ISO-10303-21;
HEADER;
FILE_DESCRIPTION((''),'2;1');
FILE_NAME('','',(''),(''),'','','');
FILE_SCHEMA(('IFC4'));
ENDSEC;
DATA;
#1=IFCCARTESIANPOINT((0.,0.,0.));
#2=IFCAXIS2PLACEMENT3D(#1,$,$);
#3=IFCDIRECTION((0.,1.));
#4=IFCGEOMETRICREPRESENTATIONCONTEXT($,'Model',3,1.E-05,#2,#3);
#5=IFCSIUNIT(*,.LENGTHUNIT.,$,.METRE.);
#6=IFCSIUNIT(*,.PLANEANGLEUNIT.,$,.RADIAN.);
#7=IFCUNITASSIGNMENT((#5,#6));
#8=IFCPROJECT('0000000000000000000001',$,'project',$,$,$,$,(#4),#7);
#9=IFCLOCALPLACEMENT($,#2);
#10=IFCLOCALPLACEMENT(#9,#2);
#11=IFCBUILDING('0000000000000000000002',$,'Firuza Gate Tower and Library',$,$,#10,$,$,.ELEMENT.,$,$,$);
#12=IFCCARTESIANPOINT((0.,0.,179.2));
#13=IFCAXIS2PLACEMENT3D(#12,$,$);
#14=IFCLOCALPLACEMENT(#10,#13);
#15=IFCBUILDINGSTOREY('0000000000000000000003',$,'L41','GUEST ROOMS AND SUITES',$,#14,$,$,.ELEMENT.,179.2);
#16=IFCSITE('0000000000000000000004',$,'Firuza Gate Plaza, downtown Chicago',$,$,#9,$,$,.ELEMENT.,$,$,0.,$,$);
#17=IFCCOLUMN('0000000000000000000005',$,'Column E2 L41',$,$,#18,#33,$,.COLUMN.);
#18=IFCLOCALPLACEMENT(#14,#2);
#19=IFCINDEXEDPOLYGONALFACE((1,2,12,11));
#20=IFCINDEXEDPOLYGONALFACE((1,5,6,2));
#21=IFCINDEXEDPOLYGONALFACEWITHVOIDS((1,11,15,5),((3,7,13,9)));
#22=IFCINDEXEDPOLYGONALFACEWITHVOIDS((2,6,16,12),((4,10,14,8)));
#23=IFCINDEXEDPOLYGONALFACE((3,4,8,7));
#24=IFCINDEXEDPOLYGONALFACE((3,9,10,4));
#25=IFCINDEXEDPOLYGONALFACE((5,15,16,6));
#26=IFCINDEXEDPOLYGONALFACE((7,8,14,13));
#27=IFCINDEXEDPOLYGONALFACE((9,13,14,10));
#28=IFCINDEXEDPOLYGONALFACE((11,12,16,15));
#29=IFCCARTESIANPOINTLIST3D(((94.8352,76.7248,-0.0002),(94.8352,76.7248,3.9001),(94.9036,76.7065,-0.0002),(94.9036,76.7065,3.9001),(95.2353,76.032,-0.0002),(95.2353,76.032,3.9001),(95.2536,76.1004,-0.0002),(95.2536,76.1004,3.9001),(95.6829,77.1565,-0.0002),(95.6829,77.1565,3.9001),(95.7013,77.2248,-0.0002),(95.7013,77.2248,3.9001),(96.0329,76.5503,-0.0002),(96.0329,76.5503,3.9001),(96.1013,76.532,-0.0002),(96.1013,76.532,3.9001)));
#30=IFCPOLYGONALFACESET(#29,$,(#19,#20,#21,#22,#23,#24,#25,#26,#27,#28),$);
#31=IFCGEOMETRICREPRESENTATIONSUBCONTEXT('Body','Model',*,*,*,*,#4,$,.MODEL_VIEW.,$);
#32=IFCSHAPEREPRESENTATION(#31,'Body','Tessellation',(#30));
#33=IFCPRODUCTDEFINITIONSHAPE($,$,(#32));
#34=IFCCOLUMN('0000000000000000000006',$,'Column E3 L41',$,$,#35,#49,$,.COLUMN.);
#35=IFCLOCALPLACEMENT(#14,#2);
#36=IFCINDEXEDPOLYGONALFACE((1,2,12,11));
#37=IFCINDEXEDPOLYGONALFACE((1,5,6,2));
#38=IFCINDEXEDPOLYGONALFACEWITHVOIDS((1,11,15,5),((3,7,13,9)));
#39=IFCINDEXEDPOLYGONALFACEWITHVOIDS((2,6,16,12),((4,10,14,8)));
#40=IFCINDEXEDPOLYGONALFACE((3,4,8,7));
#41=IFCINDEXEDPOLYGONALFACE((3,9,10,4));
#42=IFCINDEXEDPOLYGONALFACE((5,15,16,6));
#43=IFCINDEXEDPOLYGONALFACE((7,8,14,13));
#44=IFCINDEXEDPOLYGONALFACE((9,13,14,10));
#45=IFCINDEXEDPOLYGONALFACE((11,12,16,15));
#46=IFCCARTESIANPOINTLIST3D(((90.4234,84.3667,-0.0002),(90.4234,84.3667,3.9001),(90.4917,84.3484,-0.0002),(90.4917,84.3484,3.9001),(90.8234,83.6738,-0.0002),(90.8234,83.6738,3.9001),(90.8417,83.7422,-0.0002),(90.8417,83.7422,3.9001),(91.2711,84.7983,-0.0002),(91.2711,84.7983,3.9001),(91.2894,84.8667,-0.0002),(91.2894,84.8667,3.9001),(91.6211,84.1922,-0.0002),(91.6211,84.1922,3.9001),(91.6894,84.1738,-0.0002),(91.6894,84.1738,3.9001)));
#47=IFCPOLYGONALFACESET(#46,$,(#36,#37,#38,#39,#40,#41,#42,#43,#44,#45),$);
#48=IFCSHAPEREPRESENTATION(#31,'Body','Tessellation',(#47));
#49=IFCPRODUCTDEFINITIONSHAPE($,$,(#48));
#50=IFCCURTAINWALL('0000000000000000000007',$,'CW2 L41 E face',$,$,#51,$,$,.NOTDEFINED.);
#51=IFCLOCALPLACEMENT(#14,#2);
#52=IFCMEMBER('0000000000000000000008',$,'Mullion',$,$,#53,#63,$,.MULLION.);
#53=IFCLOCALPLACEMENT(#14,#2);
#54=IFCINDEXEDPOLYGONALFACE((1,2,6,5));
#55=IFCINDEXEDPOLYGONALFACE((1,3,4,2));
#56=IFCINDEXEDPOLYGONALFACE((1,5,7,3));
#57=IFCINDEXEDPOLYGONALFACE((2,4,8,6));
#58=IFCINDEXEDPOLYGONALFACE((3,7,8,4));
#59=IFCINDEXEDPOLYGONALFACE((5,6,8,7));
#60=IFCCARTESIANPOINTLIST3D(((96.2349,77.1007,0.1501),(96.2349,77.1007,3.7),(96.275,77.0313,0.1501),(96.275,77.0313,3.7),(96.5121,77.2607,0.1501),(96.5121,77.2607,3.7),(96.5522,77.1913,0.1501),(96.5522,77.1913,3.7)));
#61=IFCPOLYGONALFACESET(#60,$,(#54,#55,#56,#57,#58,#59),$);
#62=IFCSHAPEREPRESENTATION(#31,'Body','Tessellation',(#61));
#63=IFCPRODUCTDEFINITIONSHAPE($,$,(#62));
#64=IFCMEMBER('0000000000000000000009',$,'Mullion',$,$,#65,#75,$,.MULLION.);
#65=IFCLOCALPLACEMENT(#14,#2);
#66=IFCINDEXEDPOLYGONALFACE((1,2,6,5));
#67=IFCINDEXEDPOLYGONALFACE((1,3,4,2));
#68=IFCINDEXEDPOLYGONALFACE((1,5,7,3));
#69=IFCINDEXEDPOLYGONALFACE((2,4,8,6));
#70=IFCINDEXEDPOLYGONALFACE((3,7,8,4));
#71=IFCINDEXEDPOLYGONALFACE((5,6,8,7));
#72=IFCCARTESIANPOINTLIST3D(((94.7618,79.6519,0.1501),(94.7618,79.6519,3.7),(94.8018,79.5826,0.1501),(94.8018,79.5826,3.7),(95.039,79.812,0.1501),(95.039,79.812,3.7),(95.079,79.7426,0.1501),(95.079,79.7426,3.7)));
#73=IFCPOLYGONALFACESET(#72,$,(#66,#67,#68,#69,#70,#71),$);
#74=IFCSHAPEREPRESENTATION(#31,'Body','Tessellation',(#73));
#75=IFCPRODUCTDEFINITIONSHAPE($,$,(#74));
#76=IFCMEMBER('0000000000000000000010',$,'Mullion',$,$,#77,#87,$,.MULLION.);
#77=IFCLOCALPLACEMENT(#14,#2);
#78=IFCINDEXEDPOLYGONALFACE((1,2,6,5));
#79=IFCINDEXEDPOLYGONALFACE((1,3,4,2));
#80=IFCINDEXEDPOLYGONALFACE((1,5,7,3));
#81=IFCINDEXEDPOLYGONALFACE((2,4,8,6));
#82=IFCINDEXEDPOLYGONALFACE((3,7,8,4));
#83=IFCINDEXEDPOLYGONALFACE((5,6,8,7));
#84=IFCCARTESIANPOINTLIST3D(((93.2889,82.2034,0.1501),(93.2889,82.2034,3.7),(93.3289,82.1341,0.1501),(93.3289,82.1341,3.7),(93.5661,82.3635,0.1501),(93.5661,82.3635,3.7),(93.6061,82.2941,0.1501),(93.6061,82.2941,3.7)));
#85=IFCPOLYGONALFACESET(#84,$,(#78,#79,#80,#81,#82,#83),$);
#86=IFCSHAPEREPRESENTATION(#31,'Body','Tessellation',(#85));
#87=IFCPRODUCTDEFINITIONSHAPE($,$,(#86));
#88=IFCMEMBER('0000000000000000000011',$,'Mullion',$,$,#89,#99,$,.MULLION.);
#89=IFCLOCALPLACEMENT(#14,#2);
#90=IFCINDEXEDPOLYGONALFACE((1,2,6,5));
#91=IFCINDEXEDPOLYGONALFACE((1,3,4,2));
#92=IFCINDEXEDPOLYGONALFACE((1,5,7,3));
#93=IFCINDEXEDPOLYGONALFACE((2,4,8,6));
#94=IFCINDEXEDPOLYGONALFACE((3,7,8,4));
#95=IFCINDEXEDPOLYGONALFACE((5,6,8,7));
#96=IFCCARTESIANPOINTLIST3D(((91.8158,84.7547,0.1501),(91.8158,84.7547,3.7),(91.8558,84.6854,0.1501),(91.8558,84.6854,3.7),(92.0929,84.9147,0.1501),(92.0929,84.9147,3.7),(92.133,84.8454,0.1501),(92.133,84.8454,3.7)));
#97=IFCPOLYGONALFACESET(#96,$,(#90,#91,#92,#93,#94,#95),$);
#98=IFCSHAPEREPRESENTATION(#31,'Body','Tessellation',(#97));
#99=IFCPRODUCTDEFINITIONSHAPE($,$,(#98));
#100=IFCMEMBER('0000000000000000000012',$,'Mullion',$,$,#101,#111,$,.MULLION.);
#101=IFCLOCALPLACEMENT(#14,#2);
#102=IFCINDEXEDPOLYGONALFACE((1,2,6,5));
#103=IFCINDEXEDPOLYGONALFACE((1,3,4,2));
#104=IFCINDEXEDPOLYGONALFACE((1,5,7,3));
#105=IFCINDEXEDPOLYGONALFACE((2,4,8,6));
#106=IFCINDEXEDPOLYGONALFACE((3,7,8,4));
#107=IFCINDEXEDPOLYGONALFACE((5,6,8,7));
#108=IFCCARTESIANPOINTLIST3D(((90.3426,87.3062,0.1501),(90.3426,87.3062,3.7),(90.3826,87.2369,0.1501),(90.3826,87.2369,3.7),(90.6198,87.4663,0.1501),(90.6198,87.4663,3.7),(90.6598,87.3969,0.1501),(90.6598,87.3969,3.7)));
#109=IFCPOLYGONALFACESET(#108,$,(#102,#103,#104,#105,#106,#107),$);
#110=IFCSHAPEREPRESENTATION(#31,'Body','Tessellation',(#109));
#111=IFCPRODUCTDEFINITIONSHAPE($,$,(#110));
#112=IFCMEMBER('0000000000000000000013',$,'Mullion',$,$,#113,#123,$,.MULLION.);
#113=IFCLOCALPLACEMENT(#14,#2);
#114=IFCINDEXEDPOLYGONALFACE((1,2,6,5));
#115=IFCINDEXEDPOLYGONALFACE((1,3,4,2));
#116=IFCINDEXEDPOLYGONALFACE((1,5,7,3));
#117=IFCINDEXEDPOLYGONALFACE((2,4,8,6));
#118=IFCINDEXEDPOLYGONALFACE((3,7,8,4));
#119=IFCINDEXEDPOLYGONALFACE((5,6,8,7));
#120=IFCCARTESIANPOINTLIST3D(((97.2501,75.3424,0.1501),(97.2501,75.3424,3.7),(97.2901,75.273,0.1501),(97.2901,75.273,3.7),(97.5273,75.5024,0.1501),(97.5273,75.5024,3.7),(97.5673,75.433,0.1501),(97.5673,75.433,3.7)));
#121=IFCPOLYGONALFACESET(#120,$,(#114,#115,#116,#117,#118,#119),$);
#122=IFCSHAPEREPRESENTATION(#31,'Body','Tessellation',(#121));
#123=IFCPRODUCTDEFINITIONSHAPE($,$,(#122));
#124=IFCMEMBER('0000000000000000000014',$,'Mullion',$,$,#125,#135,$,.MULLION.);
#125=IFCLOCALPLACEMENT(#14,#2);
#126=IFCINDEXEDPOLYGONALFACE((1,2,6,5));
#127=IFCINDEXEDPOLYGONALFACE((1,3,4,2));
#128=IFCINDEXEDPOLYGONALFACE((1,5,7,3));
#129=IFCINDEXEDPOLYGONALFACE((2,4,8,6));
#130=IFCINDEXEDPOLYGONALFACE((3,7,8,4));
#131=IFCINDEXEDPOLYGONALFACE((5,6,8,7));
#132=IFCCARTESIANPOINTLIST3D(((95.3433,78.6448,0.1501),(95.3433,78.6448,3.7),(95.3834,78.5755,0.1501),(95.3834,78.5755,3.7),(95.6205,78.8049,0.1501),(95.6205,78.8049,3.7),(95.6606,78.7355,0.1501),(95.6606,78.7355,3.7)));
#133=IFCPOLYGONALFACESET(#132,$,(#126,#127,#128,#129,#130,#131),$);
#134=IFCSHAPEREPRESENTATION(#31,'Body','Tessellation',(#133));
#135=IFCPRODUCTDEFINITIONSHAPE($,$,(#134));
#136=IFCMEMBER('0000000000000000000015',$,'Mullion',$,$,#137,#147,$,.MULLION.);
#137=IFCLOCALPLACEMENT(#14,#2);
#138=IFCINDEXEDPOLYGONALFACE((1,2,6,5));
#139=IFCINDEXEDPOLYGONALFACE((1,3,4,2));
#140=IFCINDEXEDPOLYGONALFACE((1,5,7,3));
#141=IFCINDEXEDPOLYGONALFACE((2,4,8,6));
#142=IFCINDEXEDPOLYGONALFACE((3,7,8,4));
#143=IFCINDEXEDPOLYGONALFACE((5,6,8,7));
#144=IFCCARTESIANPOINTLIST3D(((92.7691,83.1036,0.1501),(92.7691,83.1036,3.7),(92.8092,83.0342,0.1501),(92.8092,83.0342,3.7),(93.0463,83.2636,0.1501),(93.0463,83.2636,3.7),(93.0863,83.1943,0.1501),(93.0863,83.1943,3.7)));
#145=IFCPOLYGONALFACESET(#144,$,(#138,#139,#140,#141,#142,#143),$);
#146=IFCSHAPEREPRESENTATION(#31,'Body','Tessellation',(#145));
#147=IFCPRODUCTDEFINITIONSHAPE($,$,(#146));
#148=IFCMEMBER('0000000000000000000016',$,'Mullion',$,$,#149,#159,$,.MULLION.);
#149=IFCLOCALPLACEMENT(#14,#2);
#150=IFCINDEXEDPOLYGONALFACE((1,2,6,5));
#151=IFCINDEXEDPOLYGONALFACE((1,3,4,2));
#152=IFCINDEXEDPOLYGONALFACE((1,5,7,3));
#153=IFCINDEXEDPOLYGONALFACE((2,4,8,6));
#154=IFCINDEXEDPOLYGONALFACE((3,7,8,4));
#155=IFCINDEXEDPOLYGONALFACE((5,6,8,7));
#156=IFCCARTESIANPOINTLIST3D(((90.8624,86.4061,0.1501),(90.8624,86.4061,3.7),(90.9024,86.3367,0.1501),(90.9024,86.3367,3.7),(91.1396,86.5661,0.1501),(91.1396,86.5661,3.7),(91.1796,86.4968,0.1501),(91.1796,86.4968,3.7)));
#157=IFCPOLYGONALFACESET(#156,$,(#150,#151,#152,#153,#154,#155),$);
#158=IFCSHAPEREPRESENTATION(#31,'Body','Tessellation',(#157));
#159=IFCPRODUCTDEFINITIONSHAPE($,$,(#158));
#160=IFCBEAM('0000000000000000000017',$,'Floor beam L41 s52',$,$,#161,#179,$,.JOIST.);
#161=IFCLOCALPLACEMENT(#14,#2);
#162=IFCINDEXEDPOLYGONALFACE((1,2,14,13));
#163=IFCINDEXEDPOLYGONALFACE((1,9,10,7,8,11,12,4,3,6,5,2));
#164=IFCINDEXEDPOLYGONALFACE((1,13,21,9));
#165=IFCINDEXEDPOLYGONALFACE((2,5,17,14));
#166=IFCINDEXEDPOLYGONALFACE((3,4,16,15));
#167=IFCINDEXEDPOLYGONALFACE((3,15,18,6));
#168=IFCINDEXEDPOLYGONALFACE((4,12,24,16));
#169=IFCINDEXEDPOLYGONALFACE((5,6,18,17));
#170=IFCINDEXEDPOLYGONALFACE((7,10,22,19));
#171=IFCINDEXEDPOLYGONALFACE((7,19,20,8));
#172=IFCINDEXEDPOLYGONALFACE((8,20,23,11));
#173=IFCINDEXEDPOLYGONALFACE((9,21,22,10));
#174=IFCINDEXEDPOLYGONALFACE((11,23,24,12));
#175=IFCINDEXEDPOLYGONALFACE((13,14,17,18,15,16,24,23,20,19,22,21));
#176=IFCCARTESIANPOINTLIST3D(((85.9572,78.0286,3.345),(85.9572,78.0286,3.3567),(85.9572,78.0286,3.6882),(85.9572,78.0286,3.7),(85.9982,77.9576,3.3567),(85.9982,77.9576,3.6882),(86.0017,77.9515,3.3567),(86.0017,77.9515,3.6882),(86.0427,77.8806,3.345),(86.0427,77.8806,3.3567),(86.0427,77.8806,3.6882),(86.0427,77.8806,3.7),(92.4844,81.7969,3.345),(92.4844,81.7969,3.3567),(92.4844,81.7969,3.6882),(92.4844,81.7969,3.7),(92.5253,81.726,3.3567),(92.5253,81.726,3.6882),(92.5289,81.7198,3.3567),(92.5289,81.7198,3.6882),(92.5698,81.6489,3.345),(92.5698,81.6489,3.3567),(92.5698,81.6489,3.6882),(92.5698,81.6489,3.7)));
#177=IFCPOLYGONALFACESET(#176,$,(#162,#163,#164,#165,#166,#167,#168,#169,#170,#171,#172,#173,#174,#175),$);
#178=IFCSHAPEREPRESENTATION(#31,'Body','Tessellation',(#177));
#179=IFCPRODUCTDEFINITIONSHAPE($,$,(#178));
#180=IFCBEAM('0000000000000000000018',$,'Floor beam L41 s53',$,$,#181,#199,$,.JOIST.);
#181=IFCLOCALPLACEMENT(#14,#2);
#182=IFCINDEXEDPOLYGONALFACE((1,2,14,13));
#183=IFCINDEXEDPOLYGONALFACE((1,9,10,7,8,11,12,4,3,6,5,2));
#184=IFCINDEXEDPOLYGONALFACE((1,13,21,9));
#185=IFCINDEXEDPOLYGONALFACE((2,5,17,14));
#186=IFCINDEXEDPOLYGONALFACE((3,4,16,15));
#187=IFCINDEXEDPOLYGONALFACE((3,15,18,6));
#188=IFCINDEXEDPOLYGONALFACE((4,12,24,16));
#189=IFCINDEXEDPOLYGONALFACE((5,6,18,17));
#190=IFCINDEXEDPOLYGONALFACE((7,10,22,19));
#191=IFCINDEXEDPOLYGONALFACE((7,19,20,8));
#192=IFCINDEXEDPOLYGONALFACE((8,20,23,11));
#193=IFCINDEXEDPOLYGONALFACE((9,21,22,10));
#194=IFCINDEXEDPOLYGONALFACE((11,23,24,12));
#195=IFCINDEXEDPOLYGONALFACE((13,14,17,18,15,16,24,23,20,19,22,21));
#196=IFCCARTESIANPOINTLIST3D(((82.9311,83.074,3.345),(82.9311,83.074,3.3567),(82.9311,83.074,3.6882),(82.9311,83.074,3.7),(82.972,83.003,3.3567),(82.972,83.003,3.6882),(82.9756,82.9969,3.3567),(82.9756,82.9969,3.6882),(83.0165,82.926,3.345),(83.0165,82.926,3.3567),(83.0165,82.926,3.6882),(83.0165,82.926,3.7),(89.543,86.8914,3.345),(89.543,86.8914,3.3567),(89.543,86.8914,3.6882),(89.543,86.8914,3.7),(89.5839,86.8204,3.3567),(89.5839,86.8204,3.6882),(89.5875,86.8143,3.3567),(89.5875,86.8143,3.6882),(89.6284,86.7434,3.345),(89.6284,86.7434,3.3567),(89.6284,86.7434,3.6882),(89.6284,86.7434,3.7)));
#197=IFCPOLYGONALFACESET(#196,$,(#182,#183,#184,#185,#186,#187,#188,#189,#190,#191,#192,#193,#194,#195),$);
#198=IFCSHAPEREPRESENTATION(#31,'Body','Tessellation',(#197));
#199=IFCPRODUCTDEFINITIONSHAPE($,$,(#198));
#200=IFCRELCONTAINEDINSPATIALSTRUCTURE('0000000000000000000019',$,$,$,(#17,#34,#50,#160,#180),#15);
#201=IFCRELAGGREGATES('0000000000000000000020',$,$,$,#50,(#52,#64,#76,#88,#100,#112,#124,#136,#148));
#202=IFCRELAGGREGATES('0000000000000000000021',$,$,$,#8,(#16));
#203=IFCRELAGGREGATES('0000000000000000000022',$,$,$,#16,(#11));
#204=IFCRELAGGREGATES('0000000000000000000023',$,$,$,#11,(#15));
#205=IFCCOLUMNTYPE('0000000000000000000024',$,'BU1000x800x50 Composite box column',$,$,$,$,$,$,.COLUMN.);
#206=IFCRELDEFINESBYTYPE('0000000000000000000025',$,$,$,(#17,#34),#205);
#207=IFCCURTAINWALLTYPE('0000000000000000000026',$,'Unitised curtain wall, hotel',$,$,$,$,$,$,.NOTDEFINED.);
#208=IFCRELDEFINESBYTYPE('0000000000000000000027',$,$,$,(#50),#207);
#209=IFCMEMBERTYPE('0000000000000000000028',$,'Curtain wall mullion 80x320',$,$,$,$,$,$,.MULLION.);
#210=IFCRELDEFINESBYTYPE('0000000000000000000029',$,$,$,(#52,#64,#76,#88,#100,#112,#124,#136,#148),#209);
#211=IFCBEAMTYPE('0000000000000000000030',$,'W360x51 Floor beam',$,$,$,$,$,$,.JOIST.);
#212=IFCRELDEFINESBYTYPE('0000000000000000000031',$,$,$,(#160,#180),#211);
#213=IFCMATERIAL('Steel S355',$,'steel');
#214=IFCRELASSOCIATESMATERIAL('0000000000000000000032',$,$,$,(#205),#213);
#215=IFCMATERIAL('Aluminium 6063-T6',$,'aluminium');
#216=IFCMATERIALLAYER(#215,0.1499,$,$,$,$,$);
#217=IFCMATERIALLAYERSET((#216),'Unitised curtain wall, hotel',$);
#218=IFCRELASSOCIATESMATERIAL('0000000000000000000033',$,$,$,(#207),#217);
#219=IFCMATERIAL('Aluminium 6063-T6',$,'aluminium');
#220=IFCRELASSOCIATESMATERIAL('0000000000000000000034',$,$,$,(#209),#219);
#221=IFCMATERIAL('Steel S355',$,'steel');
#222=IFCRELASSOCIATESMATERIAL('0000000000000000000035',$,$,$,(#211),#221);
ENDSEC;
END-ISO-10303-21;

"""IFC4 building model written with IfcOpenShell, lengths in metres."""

from ifc_helpers import new_model, si_unit, direction, frame, origin, origin_2d, place, context, subcontext, project, spatial, rectangle, hollow_rectangle, i_section, extrude, material, layer, layer_set, material_profile, profile_set, type_object, element, aggregate, save


model = new_model("IFC4")

# Units and contexts
model_context = context("Model", 3, precision=1e-05, world=origin(), true_north=direction((0.0, 1.0)))
body_context = subcontext(model_context, "Body", "Model", "MODEL_VIEW")
ifc_project = project(units=[si_unit("LENGTHUNIT", "METRE"), si_unit("PLANEANGLEUNIT", "RADIAN")], contexts=[model_context])

# Site, building, storey
site_placement = place(None, origin())
site = spatial("IfcSite", under=ifc_project, at=site_placement, Name="Firuza Gate Plaza, downtown Chicago", CompositionType="ELEMENT", RefElevation=0.0)
building_placement = place(site_placement, origin())
building = spatial("IfcBuilding", under=site, at=building_placement, Name="Firuza Gate Tower and Library", CompositionType="ELEMENT")
storey_placement = place(building_placement, frame((0.0, 0.0, 179.2)))
storey = spatial("IfcBuildingStorey", under=building, at=storey_placement, Name="L41", Description="GUEST ROOMS AND SUITES", CompositionType="ELEMENT", Elevation=179.2)

# Columns
ifc_material_1 = material(Name="Steel S355", Category="steel")
ifc_material_profile_1 = material_profile(ifc_material_1, hollow_rectangle(XDim=0.8, YDim=1.0, WallThickness=0.05, at=origin_2d()))
ifc_profile_set_1 = profile_set([ifc_material_profile_1], Name="Steel S355")
column_type = type_object("IfcColumnType", Name="BU1000x800x50 Composite box column", PredefinedType="COLUMN", material=ifc_profile_set_1)
for number, where, z_axis, x_axis, name in (
    (1, (95.4683, 76.6284, -0.0002), (0.0, 0.0, 1.0), (-0.5, 0.866025, 0.0), "Column E2 L41"),
    (2, (91.0564, 84.2703, -0.0002), (0.0, 0.0, 1.0), (-0.5, 0.866025, 0.0), "Column E3 L41"),
):
    element("IfcColumn", number, at=place(storey_placement, frame(where, z_axis=z_axis, x_axis=x_axis)), inside=storey, type_object=column_type, Name=name, PredefinedType="COLUMN", context=body_context, shape_type="SweptSolid", body=[
        extrude(hollow_rectangle(XDim=0.8, YDim=1.0, WallThickness=0.05, at=origin_2d()), origin(), (0.0, 0.0, 1.0), 3.9004),
    ])

# Curtain wall, members
ifc_material_2 = material(Name="Aluminium 6063-T6", Category="aluminium")
ifc_layer_1 = layer(ifc_material_2, 0.1499)
ifc_layer_set_1 = layer_set([ifc_layer_1], Name="Unitised curtain wall, hotel")
curtain_wall_type = type_object("IfcCurtainWallType", Name="Unitised curtain wall, hotel", PredefinedType="NOTDEFINED", material=ifc_layer_set_1)
curtain_wall_placement = place(storey_placement, origin())
curtain_wall = element("IfcCurtainWall", 3, at=curtain_wall_placement, inside=storey, type_object=curtain_wall_type, Name="CW2 L41 E face", PredefinedType="NOTDEFINED")
ifc_material_3 = material(Name="Aluminium 6063-T6", Category="aluminium")
ifc_material_profile_2 = material_profile(ifc_material_3, rectangle(XDim=0.3201, YDim=0.0801, at=origin_2d()))
ifc_profile_set_2 = profile_set([ifc_material_profile_2], Name="Aluminium 6063-T6")
member_type = type_object("IfcMemberType", Name="Curtain wall mullion 80x320", PredefinedType="MULLION", material=ifc_profile_set_2)
member_1_placement = place(storey_placement, frame((96.3936, 77.146, 0.1501), z_axis=(0.0, 0.0, 1.0), x_axis=(-0.866025, -0.5, 0.0)))
member_1 = element("IfcMember", 4, at=member_1_placement, type_object=member_type, Name="Mullion", PredefinedType="MULLION", context=body_context, shape_type="SweptSolid", body=[
    extrude(rectangle(XDim=0.3201, YDim=0.0801, at=origin_2d()), origin(), (0.0, 0.0, 1.0), 3.5498),
])
member_2_placement = place(storey_placement, frame((94.9204, 79.6973, 0.1501), z_axis=(0.0, 0.0, 1.0), x_axis=(-0.866025, -0.5, 0.0)))
member_2 = element("IfcMember", 5, at=member_2_placement, type_object=member_type, Name="Mullion", PredefinedType="MULLION", context=body_context, shape_type="SweptSolid", body=[
    extrude(rectangle(XDim=0.3201, YDim=0.0801, at=origin_2d()), origin(), (0.0, 0.0, 1.0), 3.5498),
])
member_3_placement = place(storey_placement, frame((93.4475, 82.2488, 0.1501), z_axis=(0.0, 0.0, 1.0), x_axis=(-0.866025, -0.5, 0.0)))
member_3 = element("IfcMember", 6, at=member_3_placement, type_object=member_type, Name="Mullion", PredefinedType="MULLION", context=body_context, shape_type="SweptSolid", body=[
    extrude(rectangle(XDim=0.3201, YDim=0.0801, at=origin_2d()), origin(), (0.0, 0.0, 1.0), 3.5498),
])
member_4_placement = place(storey_placement, frame((91.9744, 84.8, 0.1501), z_axis=(0.0, 0.0, 1.0), x_axis=(-0.866025, -0.5, 0.0)))
member_4 = element("IfcMember", 7, at=member_4_placement, type_object=member_type, Name="Mullion", PredefinedType="MULLION", context=body_context, shape_type="SweptSolid", body=[
    extrude(rectangle(XDim=0.3201, YDim=0.0801, at=origin_2d()), origin(), (0.0, 0.0, 1.0), 3.5498),
])
member_5_placement = place(storey_placement, frame((90.5012, 87.3516, 0.1501), z_axis=(0.0, 0.0, 1.0), x_axis=(-0.866025, -0.5, 0.0)))
member_5 = element("IfcMember", 8, at=member_5_placement, type_object=member_type, Name="Mullion", PredefinedType="MULLION", context=body_context, shape_type="SweptSolid", body=[
    extrude(rectangle(XDim=0.3201, YDim=0.0801, at=origin_2d()), origin(), (0.0, 0.0, 1.0), 3.5498),
])
member_6_placement = place(storey_placement, frame((97.4087, 75.3877, 0.1501), z_axis=(0.0, 0.0, 1.0), x_axis=(-0.866025, -0.5, 0.0)))
member_6 = element("IfcMember", 9, at=member_6_placement, type_object=member_type, Name="Mullion", PredefinedType="MULLION", context=body_context, shape_type="SweptSolid", body=[
    extrude(rectangle(XDim=0.3201, YDim=0.0801, at=origin_2d()), origin(), (0.0, 0.0, 1.0), 3.5498),
])
member_7_placement = place(storey_placement, frame((95.502, 78.6902, 0.1501), z_axis=(0.0, 0.0, 1.0), x_axis=(-0.866025, -0.5, 0.0)))
member_7 = element("IfcMember", 10, at=member_7_placement, type_object=member_type, Name="Mullion", PredefinedType="MULLION", context=body_context, shape_type="SweptSolid", body=[
    extrude(rectangle(XDim=0.3201, YDim=0.0801, at=origin_2d()), origin(), (0.0, 0.0, 1.0), 3.5498),
])
member_8_placement = place(storey_placement, frame((92.9277, 83.1489, 0.1501), z_axis=(0.0, 0.0, 1.0), x_axis=(-0.866025, -0.5, 0.0)))
member_8 = element("IfcMember", 11, at=member_8_placement, type_object=member_type, Name="Mullion", PredefinedType="MULLION", context=body_context, shape_type="SweptSolid", body=[
    extrude(rectangle(XDim=0.3201, YDim=0.0801, at=origin_2d()), origin(), (0.0, 0.0, 1.0), 3.5498),
])
member_9_placement = place(storey_placement, frame((91.021, 86.4514, 0.1501), z_axis=(0.0, 0.0, 1.0), x_axis=(-0.866025, -0.5, 0.0)))
member_9 = element("IfcMember", 12, at=member_9_placement, type_object=member_type, Name="Mullion", PredefinedType="MULLION", context=body_context, shape_type="SweptSolid", body=[
    extrude(rectangle(XDim=0.3201, YDim=0.0801, at=origin_2d()), origin(), (0.0, 0.0, 1.0), 3.5498),
])

# Beams
ifc_material_4 = material(Name="Steel S355", Category="steel")
ifc_material_profile_3 = material_profile(ifc_material_4, i_section(OverallWidth=0.1709, OverallDepth=0.355, WebThickness=0.0071, FlangeThickness=0.0117, at=origin_2d()))
ifc_profile_set_3 = profile_set([ifc_material_profile_3], Name="Steel S355")
beam_type_1 = type_object("IfcBeamType", Name="W360x51 Floor beam", PredefinedType="JOIST", material=ifc_profile_set_3)
beam_1_placement = place(storey_placement, frame((92.5271, 81.7229, 3.5225), z_axis=(-0.866032, -0.499989, 0.0), x_axis=(0.499989, -0.866032, 0.0)))
element("IfcBeam", 13, at=beam_1_placement, inside=storey, type_object=beam_type_1, Name="Floor beam L41 s52", PredefinedType="JOIST", context=body_context, shape_type="SweptSolid", body=[
    extrude(i_section(OverallWidth=0.1709, OverallDepth=0.355, WebThickness=0.0071, FlangeThickness=0.0117, at=origin_2d()), origin(), (0.0, 0.0, 1.0), 7.5369),
])
beam_2_placement = place(storey_placement, frame((89.5857, 86.8174, 3.5225), z_axis=(-0.866023, -0.500005, 0.0), x_axis=(0.500005, -0.866023, 0.0)))
element("IfcBeam", 14, at=beam_2_placement, inside=storey, type_object=beam_type_1, Name="Floor beam L41 s53", PredefinedType="JOIST", context=body_context, shape_type="SweptSolid", body=[
    extrude(i_section(OverallWidth=0.1709, OverallDepth=0.355, WebThickness=0.0071, FlangeThickness=0.0117, at=origin_2d()), origin(), (0.0, 0.0, 1.0), 7.6348),
])

aggregate(curtain_wall, [member_1, member_2, member_3, member_4, member_5, member_6, member_7, member_8, member_9])

save(model, "model.ifc")
